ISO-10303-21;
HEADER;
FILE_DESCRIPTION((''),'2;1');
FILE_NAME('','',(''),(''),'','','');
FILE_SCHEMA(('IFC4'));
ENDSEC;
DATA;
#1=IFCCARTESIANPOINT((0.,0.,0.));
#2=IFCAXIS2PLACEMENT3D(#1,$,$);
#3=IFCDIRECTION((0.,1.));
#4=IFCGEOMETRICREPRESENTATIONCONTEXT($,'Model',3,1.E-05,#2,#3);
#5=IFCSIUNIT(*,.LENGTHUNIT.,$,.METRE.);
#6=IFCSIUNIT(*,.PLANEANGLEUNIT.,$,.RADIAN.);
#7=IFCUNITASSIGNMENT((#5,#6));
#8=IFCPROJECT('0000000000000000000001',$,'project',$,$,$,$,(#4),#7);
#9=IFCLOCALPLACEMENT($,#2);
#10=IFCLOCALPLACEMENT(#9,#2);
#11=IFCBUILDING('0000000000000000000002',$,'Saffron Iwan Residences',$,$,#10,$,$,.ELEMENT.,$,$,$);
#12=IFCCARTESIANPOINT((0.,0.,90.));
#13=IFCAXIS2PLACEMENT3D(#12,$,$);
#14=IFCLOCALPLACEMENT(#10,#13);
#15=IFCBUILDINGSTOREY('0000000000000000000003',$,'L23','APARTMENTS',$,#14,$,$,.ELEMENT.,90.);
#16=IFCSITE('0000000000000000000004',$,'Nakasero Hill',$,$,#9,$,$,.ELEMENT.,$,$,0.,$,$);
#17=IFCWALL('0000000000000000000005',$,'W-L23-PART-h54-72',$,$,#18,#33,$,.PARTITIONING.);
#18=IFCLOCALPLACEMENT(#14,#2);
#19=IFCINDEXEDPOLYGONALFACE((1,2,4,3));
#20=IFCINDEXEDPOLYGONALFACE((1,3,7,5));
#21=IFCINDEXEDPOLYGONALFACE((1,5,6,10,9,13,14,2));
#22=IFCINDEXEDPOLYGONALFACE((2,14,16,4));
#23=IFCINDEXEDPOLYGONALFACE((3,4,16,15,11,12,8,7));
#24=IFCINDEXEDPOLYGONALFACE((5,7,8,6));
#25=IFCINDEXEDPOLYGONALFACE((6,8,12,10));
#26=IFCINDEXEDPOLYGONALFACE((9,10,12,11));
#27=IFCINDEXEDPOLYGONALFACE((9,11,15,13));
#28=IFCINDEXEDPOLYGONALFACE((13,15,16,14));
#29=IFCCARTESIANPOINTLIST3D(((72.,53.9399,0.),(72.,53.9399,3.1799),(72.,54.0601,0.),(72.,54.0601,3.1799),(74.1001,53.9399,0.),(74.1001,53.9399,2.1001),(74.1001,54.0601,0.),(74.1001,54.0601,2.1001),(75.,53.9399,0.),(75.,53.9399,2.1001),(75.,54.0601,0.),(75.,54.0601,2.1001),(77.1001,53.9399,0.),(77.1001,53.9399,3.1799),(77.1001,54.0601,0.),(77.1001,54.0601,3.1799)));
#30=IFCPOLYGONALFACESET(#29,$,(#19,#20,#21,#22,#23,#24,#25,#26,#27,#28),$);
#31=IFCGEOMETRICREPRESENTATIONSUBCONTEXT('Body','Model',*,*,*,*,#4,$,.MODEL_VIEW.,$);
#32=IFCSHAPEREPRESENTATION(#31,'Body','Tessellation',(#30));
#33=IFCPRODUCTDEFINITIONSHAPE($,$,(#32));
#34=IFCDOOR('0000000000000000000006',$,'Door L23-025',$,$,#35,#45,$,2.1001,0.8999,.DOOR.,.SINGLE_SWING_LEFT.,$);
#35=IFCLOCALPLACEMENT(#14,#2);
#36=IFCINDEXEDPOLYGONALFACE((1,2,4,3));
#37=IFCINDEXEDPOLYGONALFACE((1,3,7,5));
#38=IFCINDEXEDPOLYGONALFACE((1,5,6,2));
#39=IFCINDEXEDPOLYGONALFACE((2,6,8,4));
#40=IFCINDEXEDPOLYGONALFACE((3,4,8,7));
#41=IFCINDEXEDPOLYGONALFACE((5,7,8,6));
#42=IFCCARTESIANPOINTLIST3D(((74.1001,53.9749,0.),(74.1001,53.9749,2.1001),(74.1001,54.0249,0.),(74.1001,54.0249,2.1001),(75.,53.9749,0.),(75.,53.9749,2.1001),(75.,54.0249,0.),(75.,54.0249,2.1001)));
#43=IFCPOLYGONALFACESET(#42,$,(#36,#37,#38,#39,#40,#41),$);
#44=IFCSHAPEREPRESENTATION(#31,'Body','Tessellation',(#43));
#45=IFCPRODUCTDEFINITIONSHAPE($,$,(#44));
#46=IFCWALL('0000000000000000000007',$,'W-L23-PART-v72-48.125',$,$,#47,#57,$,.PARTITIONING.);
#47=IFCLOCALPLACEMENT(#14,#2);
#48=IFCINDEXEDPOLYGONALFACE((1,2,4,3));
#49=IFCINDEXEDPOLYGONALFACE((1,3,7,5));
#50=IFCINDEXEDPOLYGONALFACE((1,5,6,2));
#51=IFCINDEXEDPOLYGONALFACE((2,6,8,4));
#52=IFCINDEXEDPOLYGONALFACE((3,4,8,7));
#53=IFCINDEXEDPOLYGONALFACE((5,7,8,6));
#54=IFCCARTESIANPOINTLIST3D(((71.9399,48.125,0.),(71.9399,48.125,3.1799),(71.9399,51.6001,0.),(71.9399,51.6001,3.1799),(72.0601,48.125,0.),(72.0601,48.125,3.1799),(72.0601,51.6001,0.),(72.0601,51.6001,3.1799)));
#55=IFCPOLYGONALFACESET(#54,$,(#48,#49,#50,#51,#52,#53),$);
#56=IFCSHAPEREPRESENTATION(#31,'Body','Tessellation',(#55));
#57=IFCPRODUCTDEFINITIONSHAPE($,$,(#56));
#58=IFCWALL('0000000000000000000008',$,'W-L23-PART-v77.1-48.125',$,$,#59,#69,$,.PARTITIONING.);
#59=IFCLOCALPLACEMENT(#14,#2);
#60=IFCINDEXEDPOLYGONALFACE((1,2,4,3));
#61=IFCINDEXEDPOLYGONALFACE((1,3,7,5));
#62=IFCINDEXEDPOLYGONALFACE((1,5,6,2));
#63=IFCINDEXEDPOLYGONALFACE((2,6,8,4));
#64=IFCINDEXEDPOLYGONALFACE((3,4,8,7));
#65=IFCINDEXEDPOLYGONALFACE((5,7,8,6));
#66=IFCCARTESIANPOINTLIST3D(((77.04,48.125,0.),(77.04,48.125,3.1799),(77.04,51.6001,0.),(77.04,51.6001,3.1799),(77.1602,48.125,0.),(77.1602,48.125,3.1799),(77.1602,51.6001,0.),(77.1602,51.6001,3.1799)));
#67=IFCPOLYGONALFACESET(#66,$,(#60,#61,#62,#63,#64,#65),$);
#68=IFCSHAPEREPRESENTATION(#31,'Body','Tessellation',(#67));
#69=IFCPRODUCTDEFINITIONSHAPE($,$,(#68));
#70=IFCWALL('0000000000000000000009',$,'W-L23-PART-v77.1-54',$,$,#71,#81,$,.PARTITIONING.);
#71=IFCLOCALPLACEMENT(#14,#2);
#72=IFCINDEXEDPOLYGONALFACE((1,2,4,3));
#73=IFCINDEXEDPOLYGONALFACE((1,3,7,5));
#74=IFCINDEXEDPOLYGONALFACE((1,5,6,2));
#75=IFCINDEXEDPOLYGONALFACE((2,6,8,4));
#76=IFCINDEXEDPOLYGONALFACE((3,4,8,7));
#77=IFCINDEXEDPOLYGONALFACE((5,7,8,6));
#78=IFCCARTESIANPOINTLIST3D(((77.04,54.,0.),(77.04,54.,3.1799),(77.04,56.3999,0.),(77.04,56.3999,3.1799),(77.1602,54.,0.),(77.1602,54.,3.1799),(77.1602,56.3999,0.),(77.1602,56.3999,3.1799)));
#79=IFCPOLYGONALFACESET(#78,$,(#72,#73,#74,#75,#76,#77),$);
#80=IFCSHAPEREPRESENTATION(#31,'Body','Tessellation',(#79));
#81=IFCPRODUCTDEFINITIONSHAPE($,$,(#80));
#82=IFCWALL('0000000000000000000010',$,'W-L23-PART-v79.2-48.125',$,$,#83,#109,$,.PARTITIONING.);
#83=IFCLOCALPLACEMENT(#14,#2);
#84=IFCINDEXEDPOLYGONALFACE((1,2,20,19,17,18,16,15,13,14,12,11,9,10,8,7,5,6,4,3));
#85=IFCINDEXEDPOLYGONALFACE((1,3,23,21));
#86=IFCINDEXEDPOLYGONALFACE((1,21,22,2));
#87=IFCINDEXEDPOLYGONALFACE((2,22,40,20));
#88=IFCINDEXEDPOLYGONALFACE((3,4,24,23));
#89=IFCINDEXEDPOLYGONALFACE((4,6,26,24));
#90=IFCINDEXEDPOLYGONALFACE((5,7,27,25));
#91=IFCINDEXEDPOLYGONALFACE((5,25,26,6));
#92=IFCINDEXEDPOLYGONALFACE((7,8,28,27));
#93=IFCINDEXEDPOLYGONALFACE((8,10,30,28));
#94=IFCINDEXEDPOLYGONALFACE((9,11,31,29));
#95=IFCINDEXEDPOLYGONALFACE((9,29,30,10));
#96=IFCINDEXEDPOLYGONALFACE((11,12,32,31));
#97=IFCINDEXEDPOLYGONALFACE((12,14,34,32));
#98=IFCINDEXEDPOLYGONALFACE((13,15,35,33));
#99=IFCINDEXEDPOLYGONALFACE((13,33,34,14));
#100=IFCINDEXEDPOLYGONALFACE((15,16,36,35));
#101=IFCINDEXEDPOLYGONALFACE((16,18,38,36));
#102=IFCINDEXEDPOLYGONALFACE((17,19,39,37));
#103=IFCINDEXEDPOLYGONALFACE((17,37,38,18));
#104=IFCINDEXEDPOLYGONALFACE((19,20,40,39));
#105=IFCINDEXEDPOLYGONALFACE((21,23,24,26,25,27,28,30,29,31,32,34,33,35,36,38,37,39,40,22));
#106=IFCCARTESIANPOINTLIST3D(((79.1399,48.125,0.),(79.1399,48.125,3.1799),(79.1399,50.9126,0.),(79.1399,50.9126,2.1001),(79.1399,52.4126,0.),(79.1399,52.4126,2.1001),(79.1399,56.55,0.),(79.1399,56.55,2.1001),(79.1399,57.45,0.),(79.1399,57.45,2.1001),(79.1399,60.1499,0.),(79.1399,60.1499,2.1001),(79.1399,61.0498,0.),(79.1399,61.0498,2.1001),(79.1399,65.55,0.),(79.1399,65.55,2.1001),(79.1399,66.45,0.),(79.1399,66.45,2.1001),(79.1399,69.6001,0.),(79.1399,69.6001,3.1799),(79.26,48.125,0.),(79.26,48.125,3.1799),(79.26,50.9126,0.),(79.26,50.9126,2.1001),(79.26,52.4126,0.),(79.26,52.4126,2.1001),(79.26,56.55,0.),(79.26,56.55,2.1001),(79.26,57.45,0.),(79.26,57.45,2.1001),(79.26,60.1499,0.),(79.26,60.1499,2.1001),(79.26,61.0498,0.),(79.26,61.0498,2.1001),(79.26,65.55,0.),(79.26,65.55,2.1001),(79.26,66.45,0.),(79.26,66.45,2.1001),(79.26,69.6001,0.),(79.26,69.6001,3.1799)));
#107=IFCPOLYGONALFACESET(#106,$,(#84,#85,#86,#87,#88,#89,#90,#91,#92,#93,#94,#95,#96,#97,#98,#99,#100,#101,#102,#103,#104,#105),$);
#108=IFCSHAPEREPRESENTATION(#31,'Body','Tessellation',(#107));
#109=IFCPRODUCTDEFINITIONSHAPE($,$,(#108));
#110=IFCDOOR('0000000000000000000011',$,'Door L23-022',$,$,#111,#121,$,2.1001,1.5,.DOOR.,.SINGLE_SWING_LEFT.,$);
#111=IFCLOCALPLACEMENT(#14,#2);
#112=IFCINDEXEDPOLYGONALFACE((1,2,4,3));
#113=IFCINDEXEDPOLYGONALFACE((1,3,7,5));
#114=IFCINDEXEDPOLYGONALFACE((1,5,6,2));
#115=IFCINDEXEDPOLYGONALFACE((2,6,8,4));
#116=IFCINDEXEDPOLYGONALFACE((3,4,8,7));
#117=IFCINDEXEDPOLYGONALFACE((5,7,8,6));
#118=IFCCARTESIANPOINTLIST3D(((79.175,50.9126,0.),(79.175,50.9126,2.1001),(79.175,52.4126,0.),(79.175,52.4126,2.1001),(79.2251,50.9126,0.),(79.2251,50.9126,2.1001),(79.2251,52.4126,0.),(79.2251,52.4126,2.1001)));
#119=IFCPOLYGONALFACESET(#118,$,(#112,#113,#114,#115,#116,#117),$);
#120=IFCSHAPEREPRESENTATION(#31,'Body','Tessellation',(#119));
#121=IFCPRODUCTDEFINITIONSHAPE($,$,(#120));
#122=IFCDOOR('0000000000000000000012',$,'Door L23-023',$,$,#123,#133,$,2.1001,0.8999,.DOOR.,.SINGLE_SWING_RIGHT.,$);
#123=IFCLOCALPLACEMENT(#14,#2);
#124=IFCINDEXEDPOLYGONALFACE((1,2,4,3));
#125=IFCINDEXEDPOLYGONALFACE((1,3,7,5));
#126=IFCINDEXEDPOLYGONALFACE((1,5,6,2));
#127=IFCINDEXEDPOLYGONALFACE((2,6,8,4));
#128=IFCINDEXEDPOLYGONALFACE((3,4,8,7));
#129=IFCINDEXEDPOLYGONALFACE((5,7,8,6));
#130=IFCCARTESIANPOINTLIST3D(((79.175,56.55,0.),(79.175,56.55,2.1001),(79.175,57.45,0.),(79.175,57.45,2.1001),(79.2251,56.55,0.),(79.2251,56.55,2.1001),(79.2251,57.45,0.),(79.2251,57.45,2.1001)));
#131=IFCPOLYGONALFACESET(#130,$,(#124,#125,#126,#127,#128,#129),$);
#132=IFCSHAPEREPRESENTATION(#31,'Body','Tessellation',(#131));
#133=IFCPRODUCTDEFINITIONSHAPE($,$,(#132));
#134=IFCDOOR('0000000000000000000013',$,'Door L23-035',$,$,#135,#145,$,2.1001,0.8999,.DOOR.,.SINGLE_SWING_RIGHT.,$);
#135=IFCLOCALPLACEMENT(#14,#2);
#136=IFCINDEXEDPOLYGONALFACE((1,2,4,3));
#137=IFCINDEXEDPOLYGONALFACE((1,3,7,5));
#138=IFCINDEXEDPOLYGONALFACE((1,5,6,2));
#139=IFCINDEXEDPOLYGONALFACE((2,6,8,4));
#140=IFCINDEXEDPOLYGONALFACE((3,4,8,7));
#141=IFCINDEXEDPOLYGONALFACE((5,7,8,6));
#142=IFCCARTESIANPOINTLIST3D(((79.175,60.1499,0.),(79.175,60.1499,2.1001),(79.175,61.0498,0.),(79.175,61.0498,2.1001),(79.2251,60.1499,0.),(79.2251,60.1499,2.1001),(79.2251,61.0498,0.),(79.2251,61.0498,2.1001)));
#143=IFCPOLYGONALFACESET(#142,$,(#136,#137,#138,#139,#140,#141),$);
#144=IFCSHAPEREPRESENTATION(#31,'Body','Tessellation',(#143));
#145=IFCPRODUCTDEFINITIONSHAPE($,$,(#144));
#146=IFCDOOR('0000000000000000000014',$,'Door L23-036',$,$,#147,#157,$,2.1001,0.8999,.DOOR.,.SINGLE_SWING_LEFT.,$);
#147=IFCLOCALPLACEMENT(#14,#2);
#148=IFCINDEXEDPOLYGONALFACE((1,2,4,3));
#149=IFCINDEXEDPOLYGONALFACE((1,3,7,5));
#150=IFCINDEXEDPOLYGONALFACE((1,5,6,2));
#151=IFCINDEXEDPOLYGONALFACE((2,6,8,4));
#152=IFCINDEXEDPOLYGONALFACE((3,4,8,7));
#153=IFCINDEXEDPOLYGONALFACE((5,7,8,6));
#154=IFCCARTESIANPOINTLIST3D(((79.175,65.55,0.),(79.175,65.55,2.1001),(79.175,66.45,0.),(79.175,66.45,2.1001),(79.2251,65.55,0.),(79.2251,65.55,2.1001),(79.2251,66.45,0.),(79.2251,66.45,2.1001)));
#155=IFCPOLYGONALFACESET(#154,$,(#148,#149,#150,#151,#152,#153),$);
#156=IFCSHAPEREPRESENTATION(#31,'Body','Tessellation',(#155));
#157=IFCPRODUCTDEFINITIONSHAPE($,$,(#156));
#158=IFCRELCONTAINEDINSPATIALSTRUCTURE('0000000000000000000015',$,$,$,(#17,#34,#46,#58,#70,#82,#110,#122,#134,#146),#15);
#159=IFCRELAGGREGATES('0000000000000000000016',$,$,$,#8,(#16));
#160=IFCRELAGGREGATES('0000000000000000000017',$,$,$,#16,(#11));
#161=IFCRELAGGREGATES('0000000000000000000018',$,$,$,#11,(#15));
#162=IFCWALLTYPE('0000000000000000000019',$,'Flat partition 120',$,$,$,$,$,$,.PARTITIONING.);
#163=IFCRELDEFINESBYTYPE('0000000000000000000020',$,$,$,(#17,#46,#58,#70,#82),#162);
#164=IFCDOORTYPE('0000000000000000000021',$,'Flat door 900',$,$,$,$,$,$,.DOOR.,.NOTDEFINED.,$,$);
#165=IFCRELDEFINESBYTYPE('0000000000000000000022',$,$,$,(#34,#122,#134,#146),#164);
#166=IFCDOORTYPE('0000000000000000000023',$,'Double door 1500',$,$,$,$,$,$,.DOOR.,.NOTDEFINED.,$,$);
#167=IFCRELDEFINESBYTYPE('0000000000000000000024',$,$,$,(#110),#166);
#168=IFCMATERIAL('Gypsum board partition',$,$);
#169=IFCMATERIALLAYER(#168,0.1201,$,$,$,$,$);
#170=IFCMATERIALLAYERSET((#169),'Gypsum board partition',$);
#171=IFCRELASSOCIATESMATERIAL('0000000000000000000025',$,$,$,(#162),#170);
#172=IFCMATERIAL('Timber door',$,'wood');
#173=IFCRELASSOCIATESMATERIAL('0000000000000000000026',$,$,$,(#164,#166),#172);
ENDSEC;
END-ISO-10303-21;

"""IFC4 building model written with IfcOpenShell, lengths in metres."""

from ifc_helpers import new_model, si_unit, direction, frame, frame_2d, origin, place, context, subcontext, project, spatial, rectangle, extrude, material, layer, layer_set, type_object, element, fill, save


model = new_model("IFC4")

# Units and contexts
model_context = context("Model", 3, precision=1e-05, world=origin(), true_north=direction((0.0, 1.0)))
body_context = subcontext(model_context, "Body", "Model", "MODEL_VIEW")
ifc_project = project(units=[si_unit("LENGTHUNIT", "METRE"), si_unit("PLANEANGLEUNIT", "RADIAN")], contexts=[model_context])

# Site, building, storey
site_placement = place(None, origin())
site = spatial("IfcSite", under=ifc_project, at=site_placement, Name="Nakasero Hill", CompositionType="ELEMENT", RefElevation=0.0)
building_placement = place(site_placement, origin())
building = spatial("IfcBuilding", under=site, at=building_placement, Name="Saffron Iwan Residences", CompositionType="ELEMENT")
storey_placement = place(building_placement, frame((0.0, 0.0, 90.0)))
storey = spatial("IfcBuildingStorey", under=building, at=storey_placement, Name="L23", Description="APARTMENTS", CompositionType="ELEMENT", Elevation=90.0)

# Shared definitions
ifc_material_1 = material(Name="Gypsum board partition")
ifc_layer_1 = layer(ifc_material_1, 0.1201)
ifc_layer_set_1 = layer_set([ifc_layer_1], Name="Gypsum board partition")
wall_type_1 = type_object("IfcWallType", Name="Flat partition 120", PredefinedType="PARTITIONING", material=ifc_layer_set_1)
ifc_material_2 = material(Name="Timber door", Category="wood")
door_type_1 = type_object("IfcDoorType", Name="Flat door 900", OperationType="NOTDEFINED", PredefinedType="DOOR", material=ifc_material_2)

# Wall, opening, door
wall_1_placement = place(storey_placement, frame((72.0, 54.0, 0.0), z_axis=(0.0, 0.0, 1.0), x_axis=(1.0, 0.0, 0.0)))
wall_1 = element("IfcWall", 1, at=wall_1_placement, inside=storey, type_object=wall_type_1, Name="W-L23-PART-h54-72", PredefinedType="PARTITIONING", context=body_context, shape_type="SweptSolid", body=[
    extrude(rectangle(XDim=5.1001, YDim=0.1201, at=frame_2d((2.55, 0.0))), origin(), (0.0, 0.0, 1.0), 3.1799),
])
opening_1_placement = place(wall_1_placement, frame((2.1001, 0.0, 0.0)))
opening_1 = element("IfcOpeningElement", 2, at=opening_1_placement, cuts=wall_1, PredefinedType="OPENING", context=body_context, shape_type="SweptSolid", body=[
    extrude(rectangle(XDim=0.8999, YDim=2.1001, at=frame_2d((0.45, 1.05))), frame((0.0, 0.0701, 0.0), z_axis=(0.0, -1.0, 0.0), x_axis=(1.0, 0.0, 0.0)), (0.0, 0.0, 1.0), 0.1401),
])
door_1_placement = place(opening_1_placement, origin())
door_1 = element("IfcDoor", 3, at=door_1_placement, inside=storey, type_object=door_type_1, Name="Door L23-025", OperationType="SINGLE_SWING_LEFT", OverallHeight=2.1001, OverallWidth=0.8999, PredefinedType="DOOR", context=body_context, shape_type="SweptSolid", body=[
    extrude(rectangle(XDim=0.8999, YDim=2.1001, at=frame_2d((0.45, 1.05))), frame((0.0, 0.0249, 0.0), z_axis=(0.0, -1.0, 0.0), x_axis=(1.0, 0.0, 0.0)), (0.0, 0.0, 1.0), 0.05),
])
fill(opening_1, door_1)

# Walls
for number, where, z_axis, x_axis, name in (
    (4, (72.0, 48.125, 0.0), (0.0, 0.0, 1.0), (0.0, 1.0, 0.0), "W-L23-PART-v72-48.125"),
    (5, (77.1001, 48.125, 0.0), (0.0, 0.0, 1.0), (0.0, 1.0, 0.0), "W-L23-PART-v77.1-48.125"),
):
    element("IfcWall", number, at=place(storey_placement, frame(where, z_axis=z_axis, x_axis=x_axis)), inside=storey, type_object=wall_type_1, Name=name, PredefinedType="PARTITIONING", context=body_context, shape_type="SweptSolid", body=[
        extrude(rectangle(XDim=3.4751, YDim=0.1201, at=frame_2d((1.7375, 0.0))), origin(), (0.0, 0.0, 1.0), 3.1799),
    ])
wall_2_placement = place(storey_placement, frame((77.1001, 54.0, 0.0), z_axis=(0.0, 0.0, 1.0), x_axis=(0.0, 1.0, 0.0)))
element("IfcWall", 6, at=wall_2_placement, inside=storey, type_object=wall_type_1, Name="W-L23-PART-v77.1-54", PredefinedType="PARTITIONING", context=body_context, shape_type="SweptSolid", body=[
    extrude(rectangle(XDim=2.3999, YDim=0.1201, at=frame_2d((1.2, 0.0))), origin(), (0.0, 0.0, 1.0), 3.1799),
])

# Wall, openings, doors
wall_3_placement = place(storey_placement, frame((79.2, 48.125, 0.0), z_axis=(0.0, 0.0, 1.0), x_axis=(0.0, 1.0, 0.0)))
wall_3 = element("IfcWall", 7, at=wall_3_placement, inside=storey, type_object=wall_type_1, Name="W-L23-PART-v79.2-48.125", PredefinedType="PARTITIONING", context=body_context, shape_type="SweptSolid", body=[
    extrude(rectangle(XDim=21.4751, YDim=0.1201, at=frame_2d((10.7375, 0.0))), origin(), (0.0, 0.0, 1.0), 3.1799),
])
opening_2_placement = place(wall_3_placement, frame((2.7876, 0.0, 0.0)))
opening_2 = element("IfcOpeningElement", 8, at=opening_2_placement, cuts=wall_3, PredefinedType="OPENING", context=body_context, shape_type="SweptSolid", body=[
    extrude(rectangle(XDim=1.5, YDim=2.1001, at=frame_2d((0.75, 1.05))), frame((0.0, 0.0701, 0.0), z_axis=(0.0, -1.0, 0.0), x_axis=(1.0, 0.0, 0.0)), (0.0, 0.0, 1.0), 0.1401),
])
opening_3_placement = place(wall_3_placement, frame((8.425, 0.0, 0.0)))
opening_3 = element("IfcOpeningElement", 9, at=opening_3_placement, cuts=wall_3, PredefinedType="OPENING", context=body_context, shape_type="SweptSolid", body=[
    extrude(rectangle(XDim=0.8999, YDim=2.1001, at=frame_2d((0.45, 1.05))), frame((0.0, 0.0701, 0.0), z_axis=(0.0, -1.0, 0.0), x_axis=(1.0, 0.0, 0.0)), (0.0, 0.0, 1.0), 0.1401),
])
opening_4_placement = place(wall_3_placement, frame((12.0249, 0.0, 0.0)))
opening_4 = element("IfcOpeningElement", 10, at=opening_4_placement, cuts=wall_3, PredefinedType="OPENING", context=body_context, shape_type="SweptSolid", body=[
    extrude(rectangle(XDim=0.8999, YDim=2.1001, at=frame_2d((0.45, 1.05))), frame((0.0, 0.0701, 0.0), z_axis=(0.0, -1.0, 0.0), x_axis=(1.0, 0.0, 0.0)), (0.0, 0.0, 1.0), 0.1401),
])
opening_5_placement = place(wall_3_placement, frame((17.425, 0.0, 0.0)))
opening_5 = element("IfcOpeningElement", 11, at=opening_5_placement, cuts=wall_3, PredefinedType="OPENING", context=body_context, shape_type="SweptSolid", body=[
    extrude(rectangle(XDim=0.8999, YDim=2.1001, at=frame_2d((0.45, 1.05))), frame((0.0, 0.0701, 0.0), z_axis=(0.0, -1.0, 0.0), x_axis=(1.0, 0.0, 0.0)), (0.0, 0.0, 1.0), 0.1401),
])
door_type_2 = type_object("IfcDoorType", Name="Double door 1500", OperationType="NOTDEFINED", PredefinedType="DOOR", material=ifc_material_2)
door_2_placement = place(opening_2_placement, origin())
door_2 = element("IfcDoor", 12, at=door_2_placement, inside=storey, type_object=door_type_2, Name="Door L23-022", OperationType="SINGLE_SWING_LEFT", OverallHeight=2.1001, OverallWidth=1.5, PredefinedType="DOOR", context=body_context, shape_type="SweptSolid", body=[
    extrude(rectangle(XDim=1.5, YDim=2.1001, at=frame_2d((0.75, 1.05))), frame((0.0, 0.0249, 0.0), z_axis=(0.0, -1.0, 0.0), x_axis=(1.0, 0.0, 0.0)), (0.0, 0.0, 1.0), 0.05),
])
fill(opening_2, door_2)
door_3_placement = place(opening_3_placement, origin())
door_3 = element("IfcDoor", 13, at=door_3_placement, inside=storey, type_object=door_type_1, Name="Door L23-023", OperationType="SINGLE_SWING_RIGHT", OverallHeight=2.1001, OverallWidth=0.8999, PredefinedType="DOOR", context=body_context, shape_type="SweptSolid", body=[
    extrude(rectangle(XDim=0.8999, YDim=2.1001, at=frame_2d((0.45, 1.05))), frame((0.0, 0.0249, 0.0), z_axis=(0.0, -1.0, 0.0), x_axis=(1.0, 0.0, 0.0)), (0.0, 0.0, 1.0), 0.05),
])
fill(opening_3, door_3)
door_4_placement = place(opening_4_placement, origin())
door_4 = element("IfcDoor", 14, at=door_4_placement, inside=storey, type_object=door_type_1, Name="Door L23-035", OperationType="SINGLE_SWING_RIGHT", OverallHeight=2.1001, OverallWidth=0.8999, PredefinedType="DOOR", context=body_context, shape_type="SweptSolid", body=[
    extrude(rectangle(XDim=0.8999, YDim=2.1001, at=frame_2d((0.45, 1.05))), frame((0.0, 0.0249, 0.0), z_axis=(0.0, -1.0, 0.0), x_axis=(1.0, 0.0, 0.0)), (0.0, 0.0, 1.0), 0.05),
])
fill(opening_4, door_4)
door_5_placement = place(opening_5_placement, origin())
door_5 = element("IfcDoor", 15, at=door_5_placement, inside=storey, type_object=door_type_1, Name="Door L23-036", OperationType="SINGLE_SWING_LEFT", OverallHeight=2.1001, OverallWidth=0.8999, PredefinedType="DOOR", context=body_context, shape_type="SweptSolid", body=[
    extrude(rectangle(XDim=0.8999, YDim=2.1001, at=frame_2d((0.45, 1.05))), frame((0.0, 0.0249, 0.0), z_axis=(0.0, -1.0, 0.0), x_axis=(1.0, 0.0, 0.0)), (0.0, 0.0, 1.0), 0.05),
])
fill(opening_5, door_5)

save(model, "model.ifc")
